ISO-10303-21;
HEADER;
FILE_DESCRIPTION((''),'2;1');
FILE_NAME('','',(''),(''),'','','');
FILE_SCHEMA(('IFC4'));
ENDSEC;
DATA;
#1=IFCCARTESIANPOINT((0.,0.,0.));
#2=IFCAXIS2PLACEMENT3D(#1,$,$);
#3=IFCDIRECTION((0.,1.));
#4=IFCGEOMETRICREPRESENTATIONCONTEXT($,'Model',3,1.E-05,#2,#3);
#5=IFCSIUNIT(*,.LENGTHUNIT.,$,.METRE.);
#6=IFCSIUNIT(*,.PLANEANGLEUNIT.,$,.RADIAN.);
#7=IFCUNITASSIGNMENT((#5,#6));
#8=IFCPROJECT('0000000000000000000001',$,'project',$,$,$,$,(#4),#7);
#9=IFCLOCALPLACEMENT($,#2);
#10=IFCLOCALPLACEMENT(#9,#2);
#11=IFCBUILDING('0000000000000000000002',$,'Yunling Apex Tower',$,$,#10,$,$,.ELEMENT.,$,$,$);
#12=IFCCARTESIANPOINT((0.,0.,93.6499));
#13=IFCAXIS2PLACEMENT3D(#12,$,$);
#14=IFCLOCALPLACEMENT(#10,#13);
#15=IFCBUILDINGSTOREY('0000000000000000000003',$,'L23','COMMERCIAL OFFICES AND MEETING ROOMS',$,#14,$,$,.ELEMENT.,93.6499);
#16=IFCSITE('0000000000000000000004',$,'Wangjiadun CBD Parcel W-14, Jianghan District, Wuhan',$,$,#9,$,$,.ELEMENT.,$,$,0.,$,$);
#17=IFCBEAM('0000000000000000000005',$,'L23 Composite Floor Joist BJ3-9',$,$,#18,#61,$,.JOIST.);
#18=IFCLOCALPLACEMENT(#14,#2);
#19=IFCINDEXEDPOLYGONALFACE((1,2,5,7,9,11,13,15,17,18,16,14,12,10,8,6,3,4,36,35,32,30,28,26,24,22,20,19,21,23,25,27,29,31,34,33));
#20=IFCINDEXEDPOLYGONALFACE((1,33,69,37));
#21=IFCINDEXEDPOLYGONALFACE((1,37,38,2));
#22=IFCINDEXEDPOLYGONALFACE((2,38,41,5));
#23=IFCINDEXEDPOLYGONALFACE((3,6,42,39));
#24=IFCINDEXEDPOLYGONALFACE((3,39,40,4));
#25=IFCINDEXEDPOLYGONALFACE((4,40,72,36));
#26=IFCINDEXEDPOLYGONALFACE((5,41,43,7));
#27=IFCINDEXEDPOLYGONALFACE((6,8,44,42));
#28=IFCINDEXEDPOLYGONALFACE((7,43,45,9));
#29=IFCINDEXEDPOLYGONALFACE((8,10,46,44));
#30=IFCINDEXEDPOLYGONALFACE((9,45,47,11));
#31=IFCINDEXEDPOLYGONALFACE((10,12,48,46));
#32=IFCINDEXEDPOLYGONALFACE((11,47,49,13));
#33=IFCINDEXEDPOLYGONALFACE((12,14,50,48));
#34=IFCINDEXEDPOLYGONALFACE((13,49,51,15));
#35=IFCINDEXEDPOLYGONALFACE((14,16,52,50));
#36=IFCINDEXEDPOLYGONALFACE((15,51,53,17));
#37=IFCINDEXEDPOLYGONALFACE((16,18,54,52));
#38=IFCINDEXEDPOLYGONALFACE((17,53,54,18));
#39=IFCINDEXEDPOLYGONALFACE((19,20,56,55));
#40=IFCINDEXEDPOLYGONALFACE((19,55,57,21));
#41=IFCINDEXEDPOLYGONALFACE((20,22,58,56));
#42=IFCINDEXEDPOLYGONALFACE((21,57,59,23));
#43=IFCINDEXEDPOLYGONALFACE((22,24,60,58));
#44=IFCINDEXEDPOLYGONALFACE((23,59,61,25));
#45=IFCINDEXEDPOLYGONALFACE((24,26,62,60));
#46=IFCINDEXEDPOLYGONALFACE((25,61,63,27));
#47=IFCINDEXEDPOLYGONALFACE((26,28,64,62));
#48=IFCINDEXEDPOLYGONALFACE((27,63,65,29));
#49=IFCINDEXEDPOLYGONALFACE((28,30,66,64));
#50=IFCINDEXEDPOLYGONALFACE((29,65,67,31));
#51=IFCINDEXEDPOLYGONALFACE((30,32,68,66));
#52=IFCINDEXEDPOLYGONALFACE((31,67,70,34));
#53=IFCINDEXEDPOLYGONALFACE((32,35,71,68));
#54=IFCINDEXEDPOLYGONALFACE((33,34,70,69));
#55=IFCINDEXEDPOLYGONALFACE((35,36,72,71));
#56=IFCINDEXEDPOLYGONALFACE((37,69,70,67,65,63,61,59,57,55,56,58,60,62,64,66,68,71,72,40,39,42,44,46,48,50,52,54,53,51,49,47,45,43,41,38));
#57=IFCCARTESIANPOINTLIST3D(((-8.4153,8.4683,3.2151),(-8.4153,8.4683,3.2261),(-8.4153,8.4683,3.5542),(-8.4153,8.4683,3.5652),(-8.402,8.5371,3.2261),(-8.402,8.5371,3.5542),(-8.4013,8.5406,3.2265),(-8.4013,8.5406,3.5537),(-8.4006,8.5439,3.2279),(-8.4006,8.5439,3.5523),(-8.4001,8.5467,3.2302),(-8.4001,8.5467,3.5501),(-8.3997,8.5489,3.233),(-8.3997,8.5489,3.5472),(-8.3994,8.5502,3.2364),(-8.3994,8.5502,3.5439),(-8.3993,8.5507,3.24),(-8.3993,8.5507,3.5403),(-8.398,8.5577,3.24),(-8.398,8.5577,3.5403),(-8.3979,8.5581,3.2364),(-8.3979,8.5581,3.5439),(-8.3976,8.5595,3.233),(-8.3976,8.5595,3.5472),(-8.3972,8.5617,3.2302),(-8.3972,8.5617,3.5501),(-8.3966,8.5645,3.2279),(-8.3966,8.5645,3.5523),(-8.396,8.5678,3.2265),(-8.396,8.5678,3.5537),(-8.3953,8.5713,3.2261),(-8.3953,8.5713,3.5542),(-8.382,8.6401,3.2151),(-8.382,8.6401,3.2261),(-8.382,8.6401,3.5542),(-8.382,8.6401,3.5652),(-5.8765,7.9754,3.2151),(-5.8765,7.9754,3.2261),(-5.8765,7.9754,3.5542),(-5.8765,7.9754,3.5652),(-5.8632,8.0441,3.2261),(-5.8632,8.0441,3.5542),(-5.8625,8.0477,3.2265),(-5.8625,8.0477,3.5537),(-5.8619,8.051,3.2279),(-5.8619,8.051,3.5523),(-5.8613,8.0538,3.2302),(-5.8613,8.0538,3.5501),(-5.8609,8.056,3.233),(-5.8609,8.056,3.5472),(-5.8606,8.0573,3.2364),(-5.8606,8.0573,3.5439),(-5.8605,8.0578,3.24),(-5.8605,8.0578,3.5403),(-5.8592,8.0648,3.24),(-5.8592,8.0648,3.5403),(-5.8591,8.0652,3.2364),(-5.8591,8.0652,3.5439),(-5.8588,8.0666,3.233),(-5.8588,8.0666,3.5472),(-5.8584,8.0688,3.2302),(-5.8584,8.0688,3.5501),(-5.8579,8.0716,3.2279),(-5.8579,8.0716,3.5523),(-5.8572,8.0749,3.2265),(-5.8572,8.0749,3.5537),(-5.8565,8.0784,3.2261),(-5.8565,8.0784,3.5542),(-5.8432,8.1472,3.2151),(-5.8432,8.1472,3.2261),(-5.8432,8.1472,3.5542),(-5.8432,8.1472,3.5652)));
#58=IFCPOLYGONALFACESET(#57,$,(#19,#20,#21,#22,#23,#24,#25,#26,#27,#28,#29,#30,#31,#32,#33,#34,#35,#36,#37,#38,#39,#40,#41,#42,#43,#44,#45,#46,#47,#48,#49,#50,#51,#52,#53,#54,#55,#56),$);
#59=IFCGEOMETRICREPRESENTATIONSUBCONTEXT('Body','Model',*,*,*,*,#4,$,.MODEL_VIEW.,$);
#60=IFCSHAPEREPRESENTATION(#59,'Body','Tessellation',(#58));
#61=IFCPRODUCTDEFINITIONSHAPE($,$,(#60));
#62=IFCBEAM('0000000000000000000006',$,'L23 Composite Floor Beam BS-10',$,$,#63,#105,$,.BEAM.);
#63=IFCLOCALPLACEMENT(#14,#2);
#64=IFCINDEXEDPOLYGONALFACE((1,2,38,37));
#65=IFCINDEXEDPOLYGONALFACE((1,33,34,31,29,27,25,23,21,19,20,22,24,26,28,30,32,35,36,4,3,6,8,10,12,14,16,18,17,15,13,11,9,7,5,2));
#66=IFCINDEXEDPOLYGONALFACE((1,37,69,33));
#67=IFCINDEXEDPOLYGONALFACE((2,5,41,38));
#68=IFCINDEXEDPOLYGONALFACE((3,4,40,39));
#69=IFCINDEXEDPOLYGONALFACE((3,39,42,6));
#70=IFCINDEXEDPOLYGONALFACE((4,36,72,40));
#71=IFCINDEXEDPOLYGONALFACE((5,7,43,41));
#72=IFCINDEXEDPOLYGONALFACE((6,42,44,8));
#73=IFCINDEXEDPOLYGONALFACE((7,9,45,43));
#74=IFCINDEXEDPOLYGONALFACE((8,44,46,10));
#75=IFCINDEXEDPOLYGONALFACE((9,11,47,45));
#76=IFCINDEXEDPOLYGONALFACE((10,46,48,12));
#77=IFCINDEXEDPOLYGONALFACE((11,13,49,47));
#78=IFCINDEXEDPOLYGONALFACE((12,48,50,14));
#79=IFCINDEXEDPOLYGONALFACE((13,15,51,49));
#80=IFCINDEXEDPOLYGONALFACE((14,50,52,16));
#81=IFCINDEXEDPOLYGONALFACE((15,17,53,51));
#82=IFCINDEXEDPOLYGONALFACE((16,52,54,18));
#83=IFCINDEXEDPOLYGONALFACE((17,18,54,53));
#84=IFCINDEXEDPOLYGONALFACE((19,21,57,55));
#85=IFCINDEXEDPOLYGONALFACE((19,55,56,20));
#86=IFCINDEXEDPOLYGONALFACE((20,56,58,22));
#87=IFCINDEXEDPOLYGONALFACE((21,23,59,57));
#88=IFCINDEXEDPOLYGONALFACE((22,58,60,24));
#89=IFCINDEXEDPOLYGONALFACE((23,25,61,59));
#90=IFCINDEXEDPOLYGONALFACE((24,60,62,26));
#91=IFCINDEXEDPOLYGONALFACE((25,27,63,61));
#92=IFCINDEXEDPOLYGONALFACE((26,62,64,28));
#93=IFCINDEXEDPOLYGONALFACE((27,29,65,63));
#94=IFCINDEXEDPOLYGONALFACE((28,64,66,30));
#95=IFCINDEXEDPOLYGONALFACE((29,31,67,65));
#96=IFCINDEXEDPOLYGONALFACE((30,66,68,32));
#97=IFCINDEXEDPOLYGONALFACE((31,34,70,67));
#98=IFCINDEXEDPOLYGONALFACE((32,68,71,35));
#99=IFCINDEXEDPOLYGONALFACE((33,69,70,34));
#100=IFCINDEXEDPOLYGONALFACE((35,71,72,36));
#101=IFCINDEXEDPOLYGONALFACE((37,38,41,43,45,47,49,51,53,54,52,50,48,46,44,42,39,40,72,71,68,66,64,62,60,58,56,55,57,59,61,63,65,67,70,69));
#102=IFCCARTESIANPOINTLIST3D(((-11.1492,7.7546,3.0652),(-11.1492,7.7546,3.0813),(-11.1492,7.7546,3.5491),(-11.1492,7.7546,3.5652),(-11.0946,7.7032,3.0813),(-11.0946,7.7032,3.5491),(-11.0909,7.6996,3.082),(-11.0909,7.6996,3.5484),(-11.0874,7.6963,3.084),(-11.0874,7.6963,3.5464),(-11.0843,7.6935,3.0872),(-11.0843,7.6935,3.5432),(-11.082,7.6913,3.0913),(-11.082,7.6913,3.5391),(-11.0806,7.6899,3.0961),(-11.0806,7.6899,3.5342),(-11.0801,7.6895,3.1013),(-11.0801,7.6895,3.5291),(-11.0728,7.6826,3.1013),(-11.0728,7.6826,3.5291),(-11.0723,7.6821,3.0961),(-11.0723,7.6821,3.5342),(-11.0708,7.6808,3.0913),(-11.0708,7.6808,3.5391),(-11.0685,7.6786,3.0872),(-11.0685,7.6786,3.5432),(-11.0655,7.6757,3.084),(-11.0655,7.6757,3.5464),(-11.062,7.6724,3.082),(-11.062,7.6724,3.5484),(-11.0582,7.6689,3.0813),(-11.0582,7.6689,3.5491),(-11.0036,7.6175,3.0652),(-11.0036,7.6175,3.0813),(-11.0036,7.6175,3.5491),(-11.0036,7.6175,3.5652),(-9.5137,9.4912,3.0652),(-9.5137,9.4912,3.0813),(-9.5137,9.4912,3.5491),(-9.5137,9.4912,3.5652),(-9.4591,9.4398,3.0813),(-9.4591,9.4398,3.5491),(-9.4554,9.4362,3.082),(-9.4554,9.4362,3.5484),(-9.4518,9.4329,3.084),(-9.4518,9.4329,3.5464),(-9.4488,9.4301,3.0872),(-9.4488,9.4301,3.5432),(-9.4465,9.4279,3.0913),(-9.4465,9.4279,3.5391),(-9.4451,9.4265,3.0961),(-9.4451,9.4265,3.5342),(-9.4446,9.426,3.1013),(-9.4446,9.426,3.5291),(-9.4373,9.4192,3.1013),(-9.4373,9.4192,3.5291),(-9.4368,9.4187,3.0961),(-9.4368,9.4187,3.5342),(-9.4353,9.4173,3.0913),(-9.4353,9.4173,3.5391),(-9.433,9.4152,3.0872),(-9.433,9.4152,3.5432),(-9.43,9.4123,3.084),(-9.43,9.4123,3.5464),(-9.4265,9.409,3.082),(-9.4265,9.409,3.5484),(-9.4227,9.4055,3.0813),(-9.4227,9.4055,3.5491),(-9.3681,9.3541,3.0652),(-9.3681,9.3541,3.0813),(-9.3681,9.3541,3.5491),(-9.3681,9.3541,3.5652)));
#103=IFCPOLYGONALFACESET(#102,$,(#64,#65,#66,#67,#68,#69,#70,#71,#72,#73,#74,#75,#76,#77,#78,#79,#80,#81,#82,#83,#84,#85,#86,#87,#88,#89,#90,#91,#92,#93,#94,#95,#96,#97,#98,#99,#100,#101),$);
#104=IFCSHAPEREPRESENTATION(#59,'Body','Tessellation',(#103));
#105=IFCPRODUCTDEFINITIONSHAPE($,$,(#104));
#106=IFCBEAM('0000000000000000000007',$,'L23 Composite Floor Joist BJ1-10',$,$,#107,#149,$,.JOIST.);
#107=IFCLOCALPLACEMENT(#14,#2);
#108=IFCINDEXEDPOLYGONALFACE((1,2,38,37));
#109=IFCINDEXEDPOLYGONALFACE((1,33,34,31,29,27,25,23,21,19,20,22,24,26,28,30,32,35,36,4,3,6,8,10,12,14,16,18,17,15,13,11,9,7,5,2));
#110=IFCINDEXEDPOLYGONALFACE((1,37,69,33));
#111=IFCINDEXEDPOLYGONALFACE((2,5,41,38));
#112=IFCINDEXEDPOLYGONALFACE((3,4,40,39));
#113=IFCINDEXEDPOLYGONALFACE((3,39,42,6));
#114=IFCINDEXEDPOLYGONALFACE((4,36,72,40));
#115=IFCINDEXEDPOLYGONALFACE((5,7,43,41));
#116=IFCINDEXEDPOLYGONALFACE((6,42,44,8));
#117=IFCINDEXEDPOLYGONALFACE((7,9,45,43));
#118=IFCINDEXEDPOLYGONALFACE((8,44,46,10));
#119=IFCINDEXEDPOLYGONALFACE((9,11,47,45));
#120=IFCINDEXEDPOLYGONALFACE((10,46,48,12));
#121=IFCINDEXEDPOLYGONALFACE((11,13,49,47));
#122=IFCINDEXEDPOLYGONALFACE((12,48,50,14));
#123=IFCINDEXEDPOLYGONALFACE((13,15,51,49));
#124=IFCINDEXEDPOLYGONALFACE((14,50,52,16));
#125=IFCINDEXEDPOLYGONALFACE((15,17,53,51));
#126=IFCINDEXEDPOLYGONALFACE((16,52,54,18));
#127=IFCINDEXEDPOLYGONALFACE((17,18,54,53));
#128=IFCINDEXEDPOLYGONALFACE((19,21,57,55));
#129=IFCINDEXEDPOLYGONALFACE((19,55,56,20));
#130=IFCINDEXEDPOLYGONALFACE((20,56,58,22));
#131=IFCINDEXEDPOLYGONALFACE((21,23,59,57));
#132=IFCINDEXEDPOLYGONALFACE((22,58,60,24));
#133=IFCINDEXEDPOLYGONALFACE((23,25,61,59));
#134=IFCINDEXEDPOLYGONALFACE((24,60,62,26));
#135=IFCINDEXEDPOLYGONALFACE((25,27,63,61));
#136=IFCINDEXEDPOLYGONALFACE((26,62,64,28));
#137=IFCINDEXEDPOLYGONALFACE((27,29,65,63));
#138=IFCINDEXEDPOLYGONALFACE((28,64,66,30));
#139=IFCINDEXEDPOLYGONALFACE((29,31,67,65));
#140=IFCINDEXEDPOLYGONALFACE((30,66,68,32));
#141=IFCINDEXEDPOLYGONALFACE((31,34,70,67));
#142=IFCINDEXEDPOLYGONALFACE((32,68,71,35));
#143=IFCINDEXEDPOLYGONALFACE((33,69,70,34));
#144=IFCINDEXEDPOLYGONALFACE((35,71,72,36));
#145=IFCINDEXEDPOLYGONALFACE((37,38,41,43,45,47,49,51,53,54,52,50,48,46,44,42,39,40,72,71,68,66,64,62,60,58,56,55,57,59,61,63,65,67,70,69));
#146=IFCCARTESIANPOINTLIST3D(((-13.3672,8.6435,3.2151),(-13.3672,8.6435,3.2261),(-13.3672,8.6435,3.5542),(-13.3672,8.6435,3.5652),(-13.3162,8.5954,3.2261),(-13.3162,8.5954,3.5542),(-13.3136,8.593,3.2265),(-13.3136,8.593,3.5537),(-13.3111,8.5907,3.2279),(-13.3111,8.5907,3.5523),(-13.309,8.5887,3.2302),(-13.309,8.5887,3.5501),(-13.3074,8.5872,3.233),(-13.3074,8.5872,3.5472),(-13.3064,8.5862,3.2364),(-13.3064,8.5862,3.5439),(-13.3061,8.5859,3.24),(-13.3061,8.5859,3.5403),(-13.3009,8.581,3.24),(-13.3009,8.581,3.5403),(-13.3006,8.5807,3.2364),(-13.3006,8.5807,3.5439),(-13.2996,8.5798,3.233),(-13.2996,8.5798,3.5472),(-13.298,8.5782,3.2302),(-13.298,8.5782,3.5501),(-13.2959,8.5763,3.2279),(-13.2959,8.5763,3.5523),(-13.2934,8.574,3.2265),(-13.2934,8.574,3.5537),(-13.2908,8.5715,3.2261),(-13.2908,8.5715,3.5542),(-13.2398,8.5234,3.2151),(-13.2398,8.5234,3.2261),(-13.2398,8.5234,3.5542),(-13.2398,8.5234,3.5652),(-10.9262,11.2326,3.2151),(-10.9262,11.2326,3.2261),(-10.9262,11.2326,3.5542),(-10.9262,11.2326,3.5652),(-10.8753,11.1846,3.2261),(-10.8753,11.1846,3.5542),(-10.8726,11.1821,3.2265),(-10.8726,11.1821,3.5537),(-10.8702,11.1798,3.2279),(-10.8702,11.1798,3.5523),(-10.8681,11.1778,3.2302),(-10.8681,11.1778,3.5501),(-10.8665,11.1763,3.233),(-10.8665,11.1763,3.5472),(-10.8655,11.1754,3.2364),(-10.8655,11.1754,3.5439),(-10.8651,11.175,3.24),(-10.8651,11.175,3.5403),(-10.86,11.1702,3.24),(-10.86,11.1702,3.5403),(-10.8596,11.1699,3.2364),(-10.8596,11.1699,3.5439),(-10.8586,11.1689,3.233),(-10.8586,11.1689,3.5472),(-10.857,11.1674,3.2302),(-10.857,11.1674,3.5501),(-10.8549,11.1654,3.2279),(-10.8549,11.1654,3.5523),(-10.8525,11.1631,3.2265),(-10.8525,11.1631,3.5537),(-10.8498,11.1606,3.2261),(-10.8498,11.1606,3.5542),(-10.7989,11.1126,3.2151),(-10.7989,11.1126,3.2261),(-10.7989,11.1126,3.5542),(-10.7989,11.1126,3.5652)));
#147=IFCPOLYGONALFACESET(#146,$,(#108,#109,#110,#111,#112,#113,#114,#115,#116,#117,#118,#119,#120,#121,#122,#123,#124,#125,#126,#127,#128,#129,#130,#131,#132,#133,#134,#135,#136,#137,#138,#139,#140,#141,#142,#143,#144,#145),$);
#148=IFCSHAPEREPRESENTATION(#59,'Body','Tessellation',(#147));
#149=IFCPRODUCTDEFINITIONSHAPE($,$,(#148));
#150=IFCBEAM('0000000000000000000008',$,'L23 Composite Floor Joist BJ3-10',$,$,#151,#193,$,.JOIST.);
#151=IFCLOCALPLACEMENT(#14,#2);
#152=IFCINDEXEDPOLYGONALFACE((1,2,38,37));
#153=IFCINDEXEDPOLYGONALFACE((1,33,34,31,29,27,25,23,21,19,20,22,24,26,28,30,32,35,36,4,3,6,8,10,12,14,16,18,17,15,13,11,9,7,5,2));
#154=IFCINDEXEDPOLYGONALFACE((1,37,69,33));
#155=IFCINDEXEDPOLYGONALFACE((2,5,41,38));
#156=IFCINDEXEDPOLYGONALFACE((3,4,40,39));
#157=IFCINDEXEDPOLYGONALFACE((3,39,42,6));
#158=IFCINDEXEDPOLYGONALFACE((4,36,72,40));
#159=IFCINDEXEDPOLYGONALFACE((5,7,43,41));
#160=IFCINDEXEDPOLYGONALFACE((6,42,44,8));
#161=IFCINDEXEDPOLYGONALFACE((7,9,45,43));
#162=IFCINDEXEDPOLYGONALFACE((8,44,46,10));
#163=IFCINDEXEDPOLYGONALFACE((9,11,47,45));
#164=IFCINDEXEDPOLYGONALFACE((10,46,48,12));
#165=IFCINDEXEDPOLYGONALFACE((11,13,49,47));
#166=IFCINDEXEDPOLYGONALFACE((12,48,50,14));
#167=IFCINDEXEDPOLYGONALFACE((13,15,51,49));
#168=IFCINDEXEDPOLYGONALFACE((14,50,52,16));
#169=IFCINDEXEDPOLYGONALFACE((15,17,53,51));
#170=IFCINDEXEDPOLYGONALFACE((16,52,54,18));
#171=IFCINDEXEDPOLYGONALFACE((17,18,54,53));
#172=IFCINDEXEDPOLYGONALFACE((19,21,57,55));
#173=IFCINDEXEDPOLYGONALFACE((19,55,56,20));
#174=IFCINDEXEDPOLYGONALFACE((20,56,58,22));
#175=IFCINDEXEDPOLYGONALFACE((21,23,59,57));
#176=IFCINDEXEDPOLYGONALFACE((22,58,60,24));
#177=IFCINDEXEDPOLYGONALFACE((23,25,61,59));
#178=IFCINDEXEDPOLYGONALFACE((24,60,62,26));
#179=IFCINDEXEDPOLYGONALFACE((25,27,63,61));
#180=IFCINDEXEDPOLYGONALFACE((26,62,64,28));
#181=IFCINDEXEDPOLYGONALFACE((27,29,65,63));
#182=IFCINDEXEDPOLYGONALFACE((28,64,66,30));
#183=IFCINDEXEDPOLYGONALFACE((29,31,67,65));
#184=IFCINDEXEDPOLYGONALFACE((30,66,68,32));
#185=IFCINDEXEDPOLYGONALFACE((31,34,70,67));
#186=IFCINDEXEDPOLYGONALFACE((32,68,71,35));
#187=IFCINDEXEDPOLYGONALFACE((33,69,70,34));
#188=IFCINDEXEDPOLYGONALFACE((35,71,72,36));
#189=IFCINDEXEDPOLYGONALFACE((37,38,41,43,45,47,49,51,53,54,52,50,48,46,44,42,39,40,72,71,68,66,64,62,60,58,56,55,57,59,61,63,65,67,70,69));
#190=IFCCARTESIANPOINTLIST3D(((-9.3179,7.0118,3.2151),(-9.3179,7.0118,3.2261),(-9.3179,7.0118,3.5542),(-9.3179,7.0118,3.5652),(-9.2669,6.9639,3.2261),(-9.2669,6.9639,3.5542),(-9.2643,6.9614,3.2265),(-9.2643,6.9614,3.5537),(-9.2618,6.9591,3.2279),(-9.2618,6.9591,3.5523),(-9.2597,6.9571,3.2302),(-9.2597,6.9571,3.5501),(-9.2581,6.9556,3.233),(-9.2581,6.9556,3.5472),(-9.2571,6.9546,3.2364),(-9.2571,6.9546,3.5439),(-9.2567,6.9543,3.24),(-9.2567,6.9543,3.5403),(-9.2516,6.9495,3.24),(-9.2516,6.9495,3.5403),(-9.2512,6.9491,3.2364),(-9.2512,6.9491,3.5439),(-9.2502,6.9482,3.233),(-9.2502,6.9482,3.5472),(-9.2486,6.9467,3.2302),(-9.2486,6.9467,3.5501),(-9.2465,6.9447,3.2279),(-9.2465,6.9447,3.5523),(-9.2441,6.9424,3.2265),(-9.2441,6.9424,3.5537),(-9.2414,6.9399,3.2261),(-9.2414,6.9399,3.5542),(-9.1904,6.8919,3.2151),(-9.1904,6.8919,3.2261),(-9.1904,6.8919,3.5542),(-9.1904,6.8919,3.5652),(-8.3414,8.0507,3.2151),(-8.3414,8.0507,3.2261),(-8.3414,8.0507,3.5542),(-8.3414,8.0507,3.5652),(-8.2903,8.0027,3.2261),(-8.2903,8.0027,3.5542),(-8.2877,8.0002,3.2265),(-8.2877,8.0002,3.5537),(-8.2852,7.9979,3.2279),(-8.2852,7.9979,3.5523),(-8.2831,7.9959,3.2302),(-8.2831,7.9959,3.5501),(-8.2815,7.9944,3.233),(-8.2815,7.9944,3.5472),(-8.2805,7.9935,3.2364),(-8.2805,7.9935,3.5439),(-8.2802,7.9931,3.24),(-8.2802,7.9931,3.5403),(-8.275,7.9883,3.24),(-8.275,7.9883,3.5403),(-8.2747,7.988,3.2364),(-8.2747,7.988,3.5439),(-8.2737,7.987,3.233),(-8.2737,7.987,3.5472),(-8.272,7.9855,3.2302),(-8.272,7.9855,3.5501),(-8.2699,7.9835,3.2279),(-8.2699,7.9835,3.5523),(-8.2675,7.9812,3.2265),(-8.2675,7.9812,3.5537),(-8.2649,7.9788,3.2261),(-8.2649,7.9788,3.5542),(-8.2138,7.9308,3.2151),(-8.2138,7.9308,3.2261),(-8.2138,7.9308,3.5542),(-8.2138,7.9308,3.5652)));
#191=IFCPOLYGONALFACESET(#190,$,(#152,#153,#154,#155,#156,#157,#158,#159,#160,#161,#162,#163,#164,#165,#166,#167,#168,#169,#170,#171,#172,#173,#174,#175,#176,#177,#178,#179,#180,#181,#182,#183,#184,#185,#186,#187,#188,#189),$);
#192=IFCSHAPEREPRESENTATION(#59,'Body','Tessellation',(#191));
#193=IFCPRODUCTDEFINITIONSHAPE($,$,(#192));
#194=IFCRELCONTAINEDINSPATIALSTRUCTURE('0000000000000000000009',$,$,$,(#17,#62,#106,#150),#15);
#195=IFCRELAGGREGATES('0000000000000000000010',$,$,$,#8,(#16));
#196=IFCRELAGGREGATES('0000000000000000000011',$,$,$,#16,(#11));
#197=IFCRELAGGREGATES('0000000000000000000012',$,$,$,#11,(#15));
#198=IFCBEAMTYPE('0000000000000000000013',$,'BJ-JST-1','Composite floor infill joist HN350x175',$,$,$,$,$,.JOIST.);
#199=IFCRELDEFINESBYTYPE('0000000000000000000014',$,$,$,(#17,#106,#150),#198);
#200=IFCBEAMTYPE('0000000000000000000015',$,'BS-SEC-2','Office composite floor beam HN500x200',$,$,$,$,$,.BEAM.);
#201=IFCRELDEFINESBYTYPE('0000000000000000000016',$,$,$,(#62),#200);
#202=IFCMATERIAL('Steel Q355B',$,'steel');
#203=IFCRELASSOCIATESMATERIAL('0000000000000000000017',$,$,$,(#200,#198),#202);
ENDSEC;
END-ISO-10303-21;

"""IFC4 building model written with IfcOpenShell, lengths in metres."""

from ifc_helpers import new_model, si_unit, direction, frame, origin, origin_2d, place, context, subcontext, project, spatial, i_section, extrude, source, transform, mapped, material, material_profile, profile_set, type_object, element, save


model = new_model("IFC4")

# Units and contexts
model_context = context("Model", 3, precision=1e-05, world=origin(), true_north=direction((0.0, 1.0)))
body_context = subcontext(model_context, "Body", "Model", "MODEL_VIEW")
ifc_project = project(units=[si_unit("LENGTHUNIT", "METRE"), si_unit("PLANEANGLEUNIT", "RADIAN")], contexts=[model_context])

# Site, building, storey
site_placement = place(None, origin())
site = spatial("IfcSite", under=ifc_project, at=site_placement, Name="Wangjiadun CBD Parcel W-14, Jianghan District, Wuhan", CompositionType="ELEMENT", RefElevation=0.0)
building_placement = place(site_placement, origin())
building = spatial("IfcBuilding", under=site, at=building_placement, Name="Yunling Apex Tower", CompositionType="ELEMENT")
storey_placement = place(building_placement, frame((0.0, 0.0, 93.6499)))
storey = spatial("IfcBuildingStorey", under=building, at=storey_placement, Name="L23", Description="COMMERCIAL OFFICES AND MEETING ROOMS", CompositionType="ELEMENT", Elevation=93.6499)

# Beams
ifc_material_1 = material(Name="Steel Q355B", Category="steel")
ifc_material_profile_1 = material_profile(ifc_material_1, i_section(OverallWidth=0.2, OverallDepth=0.5, WebThickness=0.01, FlangeThickness=0.0161, FilletRadius=0.02, at=origin_2d()))
ifc_profile_set_1 = profile_set([ifc_material_profile_1], Name="Steel Q355B")
beam_type_1 = type_object("IfcBeamType", Name="BS-SEC-2", Description="Office composite floor beam HN500x200", PredefinedType="BEAM", material=ifc_profile_set_1)
ifc_material_profile_2 = material_profile(ifc_material_1, i_section(OverallWidth=0.175, OverallDepth=0.3501, WebThickness=0.0071, FlangeThickness=0.011, FilletRadius=0.0139, at=origin_2d()))
ifc_profile_set_2 = profile_set([ifc_material_profile_2], Name="Steel Q355B")
beam_type_2 = type_object("IfcBeamType", Name="BJ-JST-1", Description="Composite floor infill joist HN350x175", PredefinedType="JOIST", material=ifc_profile_set_2)
shared_shape_1 = source(origin(), body_context, "Body", "SweptSolid", [
    extrude(i_section(OverallWidth=0.175, OverallDepth=0.3501, WebThickness=0.0071, FlangeThickness=0.011, FilletRadius=0.0139, at=origin_2d()), origin(), (0.0, 0.0, 1.0), 2.5862),
])
beam_1_placement = place(storey_placement, frame((-5.8599, 8.0613, 3.3901), z_axis=(-0.981669, 0.190594, 0.0), x_axis=(-0.190594, -0.981669, 0.0)))
element("IfcBeam", 1, at=beam_1_placement, inside=storey, type_object=beam_type_2, Name="L23 Composite Floor Joist BJ3-9", PredefinedType="JOIST", context=body_context, shape_type="MappedRepresentation", body=[
    mapped(shared_shape_1, transform((0.0, 0.0, 0.0), scale=1.0)),
])
shared_shape_2 = source(origin(), body_context, "Body", "SweptSolid", [
    extrude(i_section(OverallWidth=0.2, OverallDepth=0.5, WebThickness=0.01, FlangeThickness=0.0161, FilletRadius=0.02, at=origin_2d()), origin(), (0.0, 0.0, 1.0), 2.3855),
])
beam_2_placement = place(storey_placement, frame((-9.4409, 9.4226, 3.3152), z_axis=(-0.685604, -0.727975, 0.0), x_axis=(0.727975, -0.685604, 0.0)))
element("IfcBeam", 2, at=beam_2_placement, inside=storey, type_object=beam_type_1, Name="L23 Composite Floor Beam BS-10", PredefinedType="BEAM", context=body_context, shape_type="MappedRepresentation", body=[
    mapped(shared_shape_2, transform((0.0, 0.0, 0.0), scale=1.0)),
])
shared_shape_3 = source(origin(), body_context, "Body", "SweptSolid", [
    extrude(i_section(OverallWidth=0.175, OverallDepth=0.3501, WebThickness=0.0071, FlangeThickness=0.011, FilletRadius=0.0139, at=origin_2d()), origin(), (0.0, 0.0, 1.0), 3.5583),
])
beam_3_placement = place(storey_placement, frame((-10.8625, 11.1726, 3.3901), z_axis=(-0.685977, -0.727624, 0.0), x_axis=(0.727624, -0.685977, 0.0)))
element("IfcBeam", 3, at=beam_3_placement, inside=storey, type_object=beam_type_2, Name="L23 Composite Floor Joist BJ1-10", PredefinedType="JOIST", context=body_context, shape_type="MappedRepresentation", body=[
    mapped(shared_shape_3, transform((0.0, 0.0, 0.0), scale=1.0)),
])
shared_shape_4 = source(origin(), body_context, "Body", "SweptSolid", [
    extrude(i_section(OverallWidth=0.175, OverallDepth=0.3501, WebThickness=0.0071, FlangeThickness=0.011, FilletRadius=0.0139, at=origin_2d()), origin(), (0.0, 0.0, 1.0), 1.4258),
])
beam_4_placement = place(storey_placement, frame((-8.2776, 7.9907, 3.3901), z_axis=(-0.684937, -0.728602, 0.0), x_axis=(0.728602, -0.684937, 0.0)))
element("IfcBeam", 4, at=beam_4_placement, inside=storey, type_object=beam_type_2, Name="L23 Composite Floor Joist BJ3-10", PredefinedType="JOIST", context=body_context, shape_type="MappedRepresentation", body=[
    mapped(shared_shape_4, transform((0.0, 0.0, 0.0), scale=1.0)),
])

save(model, "model.ifc")
